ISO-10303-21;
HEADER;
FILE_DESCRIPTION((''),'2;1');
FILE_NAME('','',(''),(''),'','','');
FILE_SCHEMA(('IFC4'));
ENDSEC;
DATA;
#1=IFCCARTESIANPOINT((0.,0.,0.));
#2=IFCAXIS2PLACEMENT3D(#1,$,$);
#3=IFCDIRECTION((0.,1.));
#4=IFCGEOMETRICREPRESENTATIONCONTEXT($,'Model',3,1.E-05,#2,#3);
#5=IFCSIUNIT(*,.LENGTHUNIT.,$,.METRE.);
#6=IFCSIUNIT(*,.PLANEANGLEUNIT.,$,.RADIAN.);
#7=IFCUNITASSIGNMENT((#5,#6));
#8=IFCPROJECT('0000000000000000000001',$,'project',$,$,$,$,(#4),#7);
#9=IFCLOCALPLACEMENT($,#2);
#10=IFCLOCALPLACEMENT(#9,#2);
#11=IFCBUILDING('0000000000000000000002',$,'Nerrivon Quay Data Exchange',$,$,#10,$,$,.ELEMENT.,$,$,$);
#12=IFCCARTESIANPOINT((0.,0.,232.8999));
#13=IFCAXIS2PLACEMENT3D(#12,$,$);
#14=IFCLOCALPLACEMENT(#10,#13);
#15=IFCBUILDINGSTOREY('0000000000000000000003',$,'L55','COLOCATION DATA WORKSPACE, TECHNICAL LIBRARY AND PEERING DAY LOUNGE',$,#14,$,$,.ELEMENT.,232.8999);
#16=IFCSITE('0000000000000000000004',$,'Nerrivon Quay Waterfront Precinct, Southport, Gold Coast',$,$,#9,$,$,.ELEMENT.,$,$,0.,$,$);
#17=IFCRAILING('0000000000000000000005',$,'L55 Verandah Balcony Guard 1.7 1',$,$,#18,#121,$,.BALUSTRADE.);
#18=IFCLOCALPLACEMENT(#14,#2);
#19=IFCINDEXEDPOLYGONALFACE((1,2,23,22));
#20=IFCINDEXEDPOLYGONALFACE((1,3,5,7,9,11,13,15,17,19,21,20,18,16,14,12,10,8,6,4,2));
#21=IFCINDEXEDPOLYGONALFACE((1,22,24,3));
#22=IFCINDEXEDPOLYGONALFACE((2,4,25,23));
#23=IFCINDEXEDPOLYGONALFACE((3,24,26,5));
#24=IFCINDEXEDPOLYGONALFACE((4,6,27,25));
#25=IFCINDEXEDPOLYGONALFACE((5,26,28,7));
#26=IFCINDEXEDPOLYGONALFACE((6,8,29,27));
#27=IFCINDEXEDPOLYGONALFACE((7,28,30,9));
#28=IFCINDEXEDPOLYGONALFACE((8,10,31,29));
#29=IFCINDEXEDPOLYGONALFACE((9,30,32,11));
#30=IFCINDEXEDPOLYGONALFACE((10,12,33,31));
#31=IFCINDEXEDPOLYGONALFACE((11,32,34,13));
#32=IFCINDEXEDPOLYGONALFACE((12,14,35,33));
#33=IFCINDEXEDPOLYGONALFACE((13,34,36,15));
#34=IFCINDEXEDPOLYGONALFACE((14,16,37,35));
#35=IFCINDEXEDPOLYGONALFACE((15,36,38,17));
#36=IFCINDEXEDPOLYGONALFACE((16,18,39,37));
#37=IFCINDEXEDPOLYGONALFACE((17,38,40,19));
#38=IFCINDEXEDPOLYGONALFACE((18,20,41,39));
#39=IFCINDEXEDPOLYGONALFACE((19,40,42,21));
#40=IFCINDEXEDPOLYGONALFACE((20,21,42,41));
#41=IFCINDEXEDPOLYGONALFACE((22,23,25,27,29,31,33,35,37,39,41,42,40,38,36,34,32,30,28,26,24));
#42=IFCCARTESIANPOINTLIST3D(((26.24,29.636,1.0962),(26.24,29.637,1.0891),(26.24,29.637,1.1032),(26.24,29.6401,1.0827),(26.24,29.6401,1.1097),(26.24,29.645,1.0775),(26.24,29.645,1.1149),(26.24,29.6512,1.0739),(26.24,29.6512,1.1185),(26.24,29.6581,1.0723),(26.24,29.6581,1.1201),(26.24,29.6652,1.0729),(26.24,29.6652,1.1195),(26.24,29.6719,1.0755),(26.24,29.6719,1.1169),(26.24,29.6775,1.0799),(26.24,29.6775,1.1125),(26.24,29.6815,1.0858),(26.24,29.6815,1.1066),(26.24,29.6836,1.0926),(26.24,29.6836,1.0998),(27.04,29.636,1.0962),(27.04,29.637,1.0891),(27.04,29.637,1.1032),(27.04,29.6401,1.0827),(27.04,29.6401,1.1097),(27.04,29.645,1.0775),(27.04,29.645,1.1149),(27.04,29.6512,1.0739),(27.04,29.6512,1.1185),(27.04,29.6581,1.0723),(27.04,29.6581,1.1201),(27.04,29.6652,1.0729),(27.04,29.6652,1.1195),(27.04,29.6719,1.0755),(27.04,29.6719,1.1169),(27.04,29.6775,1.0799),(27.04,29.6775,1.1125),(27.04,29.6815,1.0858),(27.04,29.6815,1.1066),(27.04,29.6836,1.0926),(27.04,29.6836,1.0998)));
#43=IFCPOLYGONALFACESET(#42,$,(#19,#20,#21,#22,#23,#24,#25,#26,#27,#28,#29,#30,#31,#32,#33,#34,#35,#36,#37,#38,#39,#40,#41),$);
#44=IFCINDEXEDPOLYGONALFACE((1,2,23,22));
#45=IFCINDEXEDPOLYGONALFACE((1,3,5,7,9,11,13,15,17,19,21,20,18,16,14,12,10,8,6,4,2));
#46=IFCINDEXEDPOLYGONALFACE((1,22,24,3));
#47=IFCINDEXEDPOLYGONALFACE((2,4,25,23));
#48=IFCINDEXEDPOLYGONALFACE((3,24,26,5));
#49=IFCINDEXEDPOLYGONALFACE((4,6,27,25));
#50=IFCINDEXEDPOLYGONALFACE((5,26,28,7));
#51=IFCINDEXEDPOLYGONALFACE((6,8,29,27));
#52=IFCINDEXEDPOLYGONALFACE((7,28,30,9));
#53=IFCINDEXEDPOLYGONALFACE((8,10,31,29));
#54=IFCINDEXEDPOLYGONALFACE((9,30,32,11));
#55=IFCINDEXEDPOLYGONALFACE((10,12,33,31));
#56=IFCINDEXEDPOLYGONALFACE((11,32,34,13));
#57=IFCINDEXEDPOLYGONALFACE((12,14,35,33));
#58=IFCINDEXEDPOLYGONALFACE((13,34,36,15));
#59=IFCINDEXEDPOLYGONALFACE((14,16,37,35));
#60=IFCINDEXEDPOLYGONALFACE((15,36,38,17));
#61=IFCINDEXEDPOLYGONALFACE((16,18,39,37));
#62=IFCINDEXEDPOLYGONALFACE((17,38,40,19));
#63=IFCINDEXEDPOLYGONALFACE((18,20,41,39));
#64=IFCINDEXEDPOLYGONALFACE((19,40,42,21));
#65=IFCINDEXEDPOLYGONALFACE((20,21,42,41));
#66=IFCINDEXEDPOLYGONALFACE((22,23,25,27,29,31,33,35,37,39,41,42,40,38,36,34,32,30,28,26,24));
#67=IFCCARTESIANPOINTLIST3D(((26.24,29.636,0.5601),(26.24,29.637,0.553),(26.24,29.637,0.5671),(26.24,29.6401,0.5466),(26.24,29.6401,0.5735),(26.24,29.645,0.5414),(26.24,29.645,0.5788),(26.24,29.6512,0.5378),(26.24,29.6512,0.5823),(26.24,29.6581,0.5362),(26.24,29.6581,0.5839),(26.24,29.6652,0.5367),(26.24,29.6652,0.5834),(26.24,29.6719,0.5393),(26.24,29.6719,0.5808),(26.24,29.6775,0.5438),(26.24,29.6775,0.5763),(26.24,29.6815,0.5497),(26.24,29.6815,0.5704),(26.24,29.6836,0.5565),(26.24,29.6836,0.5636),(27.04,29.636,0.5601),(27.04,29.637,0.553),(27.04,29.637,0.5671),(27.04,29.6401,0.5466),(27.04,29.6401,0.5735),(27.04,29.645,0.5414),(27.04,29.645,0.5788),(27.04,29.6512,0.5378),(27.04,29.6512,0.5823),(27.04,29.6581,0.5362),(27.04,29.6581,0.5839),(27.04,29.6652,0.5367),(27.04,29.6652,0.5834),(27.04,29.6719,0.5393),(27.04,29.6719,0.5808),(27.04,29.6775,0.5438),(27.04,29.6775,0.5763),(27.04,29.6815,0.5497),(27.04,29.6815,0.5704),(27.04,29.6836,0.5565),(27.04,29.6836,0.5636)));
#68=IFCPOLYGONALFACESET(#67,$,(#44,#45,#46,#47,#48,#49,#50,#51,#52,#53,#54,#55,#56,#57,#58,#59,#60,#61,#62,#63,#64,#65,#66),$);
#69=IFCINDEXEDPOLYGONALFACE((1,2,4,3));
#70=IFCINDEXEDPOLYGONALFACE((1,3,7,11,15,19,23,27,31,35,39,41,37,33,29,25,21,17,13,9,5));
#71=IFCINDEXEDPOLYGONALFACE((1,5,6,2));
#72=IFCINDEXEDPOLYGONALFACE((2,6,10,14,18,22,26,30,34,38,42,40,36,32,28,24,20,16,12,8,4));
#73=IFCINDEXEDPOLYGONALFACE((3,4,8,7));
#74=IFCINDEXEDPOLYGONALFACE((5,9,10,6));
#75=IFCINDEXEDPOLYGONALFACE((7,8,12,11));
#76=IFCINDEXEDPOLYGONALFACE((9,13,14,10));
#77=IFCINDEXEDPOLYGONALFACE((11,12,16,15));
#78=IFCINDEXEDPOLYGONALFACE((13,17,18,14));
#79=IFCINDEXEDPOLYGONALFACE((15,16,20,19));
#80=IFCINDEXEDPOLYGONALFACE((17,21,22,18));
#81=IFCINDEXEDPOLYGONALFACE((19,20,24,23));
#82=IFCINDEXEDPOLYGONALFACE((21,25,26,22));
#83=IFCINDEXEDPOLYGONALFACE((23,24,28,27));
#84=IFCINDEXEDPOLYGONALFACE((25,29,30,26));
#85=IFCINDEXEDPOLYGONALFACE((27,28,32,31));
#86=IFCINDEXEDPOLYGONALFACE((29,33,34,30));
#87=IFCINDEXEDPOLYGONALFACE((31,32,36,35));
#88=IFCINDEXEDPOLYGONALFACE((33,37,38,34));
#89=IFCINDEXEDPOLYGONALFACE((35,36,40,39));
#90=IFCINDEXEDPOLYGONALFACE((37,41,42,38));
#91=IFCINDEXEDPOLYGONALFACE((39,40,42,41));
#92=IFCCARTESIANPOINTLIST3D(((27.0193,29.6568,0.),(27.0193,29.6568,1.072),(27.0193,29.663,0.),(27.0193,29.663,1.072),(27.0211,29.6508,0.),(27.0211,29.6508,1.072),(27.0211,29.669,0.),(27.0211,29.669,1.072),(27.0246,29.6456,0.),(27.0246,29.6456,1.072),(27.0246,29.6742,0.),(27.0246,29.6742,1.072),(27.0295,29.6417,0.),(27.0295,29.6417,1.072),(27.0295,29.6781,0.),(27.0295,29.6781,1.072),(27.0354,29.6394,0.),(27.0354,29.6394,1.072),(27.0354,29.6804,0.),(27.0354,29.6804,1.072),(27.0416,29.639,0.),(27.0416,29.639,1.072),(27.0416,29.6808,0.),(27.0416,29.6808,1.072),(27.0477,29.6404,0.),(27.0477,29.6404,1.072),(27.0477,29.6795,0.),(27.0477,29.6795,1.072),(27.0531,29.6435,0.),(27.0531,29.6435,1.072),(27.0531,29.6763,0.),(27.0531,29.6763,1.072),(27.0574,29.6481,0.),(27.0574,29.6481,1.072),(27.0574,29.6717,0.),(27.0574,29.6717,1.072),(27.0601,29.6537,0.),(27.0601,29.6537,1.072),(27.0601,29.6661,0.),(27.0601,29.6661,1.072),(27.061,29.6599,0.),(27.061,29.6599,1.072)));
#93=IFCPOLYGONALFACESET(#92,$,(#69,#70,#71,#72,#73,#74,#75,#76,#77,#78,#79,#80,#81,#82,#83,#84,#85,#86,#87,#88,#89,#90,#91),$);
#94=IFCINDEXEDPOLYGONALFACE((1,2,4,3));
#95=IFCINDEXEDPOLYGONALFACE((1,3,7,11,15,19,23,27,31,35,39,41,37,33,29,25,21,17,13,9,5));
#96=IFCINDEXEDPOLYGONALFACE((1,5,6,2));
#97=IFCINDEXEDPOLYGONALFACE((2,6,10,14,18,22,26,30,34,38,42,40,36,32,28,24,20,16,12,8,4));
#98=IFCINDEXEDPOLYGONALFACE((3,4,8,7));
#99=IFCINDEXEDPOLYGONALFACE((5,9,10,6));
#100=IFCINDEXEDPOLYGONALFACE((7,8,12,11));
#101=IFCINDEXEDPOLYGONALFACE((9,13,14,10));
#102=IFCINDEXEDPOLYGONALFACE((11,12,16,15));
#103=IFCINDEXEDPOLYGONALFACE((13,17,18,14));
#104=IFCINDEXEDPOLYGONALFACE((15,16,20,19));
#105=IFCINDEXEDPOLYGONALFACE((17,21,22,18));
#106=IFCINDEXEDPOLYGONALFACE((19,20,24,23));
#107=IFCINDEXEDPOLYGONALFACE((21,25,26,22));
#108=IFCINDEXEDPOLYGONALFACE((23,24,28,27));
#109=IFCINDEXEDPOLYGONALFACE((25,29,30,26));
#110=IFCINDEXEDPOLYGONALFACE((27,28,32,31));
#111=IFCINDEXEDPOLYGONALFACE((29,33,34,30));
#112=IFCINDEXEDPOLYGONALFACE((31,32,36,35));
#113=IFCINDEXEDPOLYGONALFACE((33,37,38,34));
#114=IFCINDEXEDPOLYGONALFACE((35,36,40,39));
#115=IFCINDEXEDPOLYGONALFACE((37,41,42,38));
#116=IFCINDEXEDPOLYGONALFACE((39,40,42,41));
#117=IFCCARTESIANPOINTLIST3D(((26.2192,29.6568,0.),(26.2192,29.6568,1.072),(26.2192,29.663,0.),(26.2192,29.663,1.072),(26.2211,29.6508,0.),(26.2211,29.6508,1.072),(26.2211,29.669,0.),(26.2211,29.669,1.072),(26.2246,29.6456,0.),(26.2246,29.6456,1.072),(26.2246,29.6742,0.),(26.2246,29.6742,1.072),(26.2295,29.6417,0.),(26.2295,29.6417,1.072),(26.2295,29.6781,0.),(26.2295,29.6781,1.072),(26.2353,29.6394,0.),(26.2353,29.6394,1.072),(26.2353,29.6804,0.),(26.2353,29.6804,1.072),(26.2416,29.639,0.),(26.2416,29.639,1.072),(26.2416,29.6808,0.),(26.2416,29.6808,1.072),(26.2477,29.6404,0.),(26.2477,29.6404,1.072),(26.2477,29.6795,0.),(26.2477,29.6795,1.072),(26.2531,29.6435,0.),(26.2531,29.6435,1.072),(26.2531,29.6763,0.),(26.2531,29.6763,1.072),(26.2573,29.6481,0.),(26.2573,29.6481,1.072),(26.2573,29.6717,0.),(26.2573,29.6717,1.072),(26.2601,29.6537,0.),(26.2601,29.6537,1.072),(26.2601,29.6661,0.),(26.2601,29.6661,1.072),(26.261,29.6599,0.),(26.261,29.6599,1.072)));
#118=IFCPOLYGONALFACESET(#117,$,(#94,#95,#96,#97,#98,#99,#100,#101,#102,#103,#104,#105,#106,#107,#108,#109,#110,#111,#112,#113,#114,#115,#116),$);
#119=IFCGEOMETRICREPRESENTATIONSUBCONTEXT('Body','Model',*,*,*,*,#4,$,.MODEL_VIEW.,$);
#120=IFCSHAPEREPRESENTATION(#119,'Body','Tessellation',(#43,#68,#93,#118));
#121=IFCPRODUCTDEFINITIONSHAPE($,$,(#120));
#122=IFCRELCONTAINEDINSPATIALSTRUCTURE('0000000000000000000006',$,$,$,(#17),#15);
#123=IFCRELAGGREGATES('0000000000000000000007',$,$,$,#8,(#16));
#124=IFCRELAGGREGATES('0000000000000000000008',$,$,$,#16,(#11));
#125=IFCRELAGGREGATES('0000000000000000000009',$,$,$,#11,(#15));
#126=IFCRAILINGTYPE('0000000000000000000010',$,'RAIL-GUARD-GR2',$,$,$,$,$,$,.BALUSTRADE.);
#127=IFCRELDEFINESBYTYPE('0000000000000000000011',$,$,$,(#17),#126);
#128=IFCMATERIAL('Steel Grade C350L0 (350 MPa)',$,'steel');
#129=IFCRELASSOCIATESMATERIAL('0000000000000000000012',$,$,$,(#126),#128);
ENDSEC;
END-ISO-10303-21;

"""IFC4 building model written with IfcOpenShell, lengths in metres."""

from ifc_helpers import new_model, si_unit, direction, frame, origin, origin_2d, place, context, subcontext, project, spatial, circle, extrude, material, type_object, element, save


model = new_model("IFC4")

# Units and contexts
model_context = context("Model", 3, precision=1e-05, world=origin(), true_north=direction((0.0, 1.0)))
body_context = subcontext(model_context, "Body", "Model", "MODEL_VIEW")
ifc_project = project(units=[si_unit("LENGTHUNIT", "METRE"), si_unit("PLANEANGLEUNIT", "RADIAN")], contexts=[model_context])

# Site, building, storey
site_placement = place(None, origin())
site = spatial("IfcSite", under=ifc_project, at=site_placement, Name="Nerrivon Quay Waterfront Precinct, Southport, Gold Coast", CompositionType="ELEMENT", RefElevation=0.0)
building_placement = place(site_placement, origin())
building = spatial("IfcBuilding", under=site, at=building_placement, Name="Nerrivon Quay Data Exchange", CompositionType="ELEMENT")
storey_placement = place(building_placement, frame((0.0, 0.0, 232.8999)))
storey = spatial("IfcBuildingStorey", under=building, at=storey_placement, Name="L55", Description="COLOCATION DATA WORKSPACE, TECHNICAL LIBRARY AND PEERING DAY LOUNGE", CompositionType="ELEMENT", Elevation=232.8999)

# Shared definitions
ifc_material_1 = material(Name="Steel Grade C350L0 (350 MPa)", Category="steel")

# Railing
railing_type = type_object("IfcRailingType", Name="RAIL-GUARD-GR2", PredefinedType="BALUSTRADE", material=ifc_material_1)
railing_1_placement = place(storey_placement, frame((27.04, 29.6599, 0.0)))
element("IfcRailing", 1, at=railing_1_placement, inside=storey, type_object=railing_type, Name="L55 Verandah Balcony Guard 1.7 1", PredefinedType="BALUSTRADE", context=body_context, shape_type="SweptSolid", body=[
    extrude(circle(Radius=0.0239, at=origin_2d()), frame((0.0, 0.0, 1.0962), z_axis=(-1.0, 0.0, 0.0), x_axis=(0.0, -1.0, 0.0)), (0.0, 0.0, 1.0), 0.8),
    extrude(circle(Radius=0.0239, at=origin_2d()), frame((0.0, 0.0, 0.5601), z_axis=(-1.0, 0.0, 0.0), x_axis=(0.0, -1.0, 0.0)), (0.0, 0.0, 1.0), 0.8),
    extrude(circle(Radius=0.021, at=origin_2d()), origin(), (0.0, 0.0, 1.0), 1.072),
    extrude(circle(Radius=0.021, at=origin_2d()), frame((-0.8, 0.0, 0.0)), (0.0, 0.0, 1.0), 1.072),
])

save(model, "model.ifc")
